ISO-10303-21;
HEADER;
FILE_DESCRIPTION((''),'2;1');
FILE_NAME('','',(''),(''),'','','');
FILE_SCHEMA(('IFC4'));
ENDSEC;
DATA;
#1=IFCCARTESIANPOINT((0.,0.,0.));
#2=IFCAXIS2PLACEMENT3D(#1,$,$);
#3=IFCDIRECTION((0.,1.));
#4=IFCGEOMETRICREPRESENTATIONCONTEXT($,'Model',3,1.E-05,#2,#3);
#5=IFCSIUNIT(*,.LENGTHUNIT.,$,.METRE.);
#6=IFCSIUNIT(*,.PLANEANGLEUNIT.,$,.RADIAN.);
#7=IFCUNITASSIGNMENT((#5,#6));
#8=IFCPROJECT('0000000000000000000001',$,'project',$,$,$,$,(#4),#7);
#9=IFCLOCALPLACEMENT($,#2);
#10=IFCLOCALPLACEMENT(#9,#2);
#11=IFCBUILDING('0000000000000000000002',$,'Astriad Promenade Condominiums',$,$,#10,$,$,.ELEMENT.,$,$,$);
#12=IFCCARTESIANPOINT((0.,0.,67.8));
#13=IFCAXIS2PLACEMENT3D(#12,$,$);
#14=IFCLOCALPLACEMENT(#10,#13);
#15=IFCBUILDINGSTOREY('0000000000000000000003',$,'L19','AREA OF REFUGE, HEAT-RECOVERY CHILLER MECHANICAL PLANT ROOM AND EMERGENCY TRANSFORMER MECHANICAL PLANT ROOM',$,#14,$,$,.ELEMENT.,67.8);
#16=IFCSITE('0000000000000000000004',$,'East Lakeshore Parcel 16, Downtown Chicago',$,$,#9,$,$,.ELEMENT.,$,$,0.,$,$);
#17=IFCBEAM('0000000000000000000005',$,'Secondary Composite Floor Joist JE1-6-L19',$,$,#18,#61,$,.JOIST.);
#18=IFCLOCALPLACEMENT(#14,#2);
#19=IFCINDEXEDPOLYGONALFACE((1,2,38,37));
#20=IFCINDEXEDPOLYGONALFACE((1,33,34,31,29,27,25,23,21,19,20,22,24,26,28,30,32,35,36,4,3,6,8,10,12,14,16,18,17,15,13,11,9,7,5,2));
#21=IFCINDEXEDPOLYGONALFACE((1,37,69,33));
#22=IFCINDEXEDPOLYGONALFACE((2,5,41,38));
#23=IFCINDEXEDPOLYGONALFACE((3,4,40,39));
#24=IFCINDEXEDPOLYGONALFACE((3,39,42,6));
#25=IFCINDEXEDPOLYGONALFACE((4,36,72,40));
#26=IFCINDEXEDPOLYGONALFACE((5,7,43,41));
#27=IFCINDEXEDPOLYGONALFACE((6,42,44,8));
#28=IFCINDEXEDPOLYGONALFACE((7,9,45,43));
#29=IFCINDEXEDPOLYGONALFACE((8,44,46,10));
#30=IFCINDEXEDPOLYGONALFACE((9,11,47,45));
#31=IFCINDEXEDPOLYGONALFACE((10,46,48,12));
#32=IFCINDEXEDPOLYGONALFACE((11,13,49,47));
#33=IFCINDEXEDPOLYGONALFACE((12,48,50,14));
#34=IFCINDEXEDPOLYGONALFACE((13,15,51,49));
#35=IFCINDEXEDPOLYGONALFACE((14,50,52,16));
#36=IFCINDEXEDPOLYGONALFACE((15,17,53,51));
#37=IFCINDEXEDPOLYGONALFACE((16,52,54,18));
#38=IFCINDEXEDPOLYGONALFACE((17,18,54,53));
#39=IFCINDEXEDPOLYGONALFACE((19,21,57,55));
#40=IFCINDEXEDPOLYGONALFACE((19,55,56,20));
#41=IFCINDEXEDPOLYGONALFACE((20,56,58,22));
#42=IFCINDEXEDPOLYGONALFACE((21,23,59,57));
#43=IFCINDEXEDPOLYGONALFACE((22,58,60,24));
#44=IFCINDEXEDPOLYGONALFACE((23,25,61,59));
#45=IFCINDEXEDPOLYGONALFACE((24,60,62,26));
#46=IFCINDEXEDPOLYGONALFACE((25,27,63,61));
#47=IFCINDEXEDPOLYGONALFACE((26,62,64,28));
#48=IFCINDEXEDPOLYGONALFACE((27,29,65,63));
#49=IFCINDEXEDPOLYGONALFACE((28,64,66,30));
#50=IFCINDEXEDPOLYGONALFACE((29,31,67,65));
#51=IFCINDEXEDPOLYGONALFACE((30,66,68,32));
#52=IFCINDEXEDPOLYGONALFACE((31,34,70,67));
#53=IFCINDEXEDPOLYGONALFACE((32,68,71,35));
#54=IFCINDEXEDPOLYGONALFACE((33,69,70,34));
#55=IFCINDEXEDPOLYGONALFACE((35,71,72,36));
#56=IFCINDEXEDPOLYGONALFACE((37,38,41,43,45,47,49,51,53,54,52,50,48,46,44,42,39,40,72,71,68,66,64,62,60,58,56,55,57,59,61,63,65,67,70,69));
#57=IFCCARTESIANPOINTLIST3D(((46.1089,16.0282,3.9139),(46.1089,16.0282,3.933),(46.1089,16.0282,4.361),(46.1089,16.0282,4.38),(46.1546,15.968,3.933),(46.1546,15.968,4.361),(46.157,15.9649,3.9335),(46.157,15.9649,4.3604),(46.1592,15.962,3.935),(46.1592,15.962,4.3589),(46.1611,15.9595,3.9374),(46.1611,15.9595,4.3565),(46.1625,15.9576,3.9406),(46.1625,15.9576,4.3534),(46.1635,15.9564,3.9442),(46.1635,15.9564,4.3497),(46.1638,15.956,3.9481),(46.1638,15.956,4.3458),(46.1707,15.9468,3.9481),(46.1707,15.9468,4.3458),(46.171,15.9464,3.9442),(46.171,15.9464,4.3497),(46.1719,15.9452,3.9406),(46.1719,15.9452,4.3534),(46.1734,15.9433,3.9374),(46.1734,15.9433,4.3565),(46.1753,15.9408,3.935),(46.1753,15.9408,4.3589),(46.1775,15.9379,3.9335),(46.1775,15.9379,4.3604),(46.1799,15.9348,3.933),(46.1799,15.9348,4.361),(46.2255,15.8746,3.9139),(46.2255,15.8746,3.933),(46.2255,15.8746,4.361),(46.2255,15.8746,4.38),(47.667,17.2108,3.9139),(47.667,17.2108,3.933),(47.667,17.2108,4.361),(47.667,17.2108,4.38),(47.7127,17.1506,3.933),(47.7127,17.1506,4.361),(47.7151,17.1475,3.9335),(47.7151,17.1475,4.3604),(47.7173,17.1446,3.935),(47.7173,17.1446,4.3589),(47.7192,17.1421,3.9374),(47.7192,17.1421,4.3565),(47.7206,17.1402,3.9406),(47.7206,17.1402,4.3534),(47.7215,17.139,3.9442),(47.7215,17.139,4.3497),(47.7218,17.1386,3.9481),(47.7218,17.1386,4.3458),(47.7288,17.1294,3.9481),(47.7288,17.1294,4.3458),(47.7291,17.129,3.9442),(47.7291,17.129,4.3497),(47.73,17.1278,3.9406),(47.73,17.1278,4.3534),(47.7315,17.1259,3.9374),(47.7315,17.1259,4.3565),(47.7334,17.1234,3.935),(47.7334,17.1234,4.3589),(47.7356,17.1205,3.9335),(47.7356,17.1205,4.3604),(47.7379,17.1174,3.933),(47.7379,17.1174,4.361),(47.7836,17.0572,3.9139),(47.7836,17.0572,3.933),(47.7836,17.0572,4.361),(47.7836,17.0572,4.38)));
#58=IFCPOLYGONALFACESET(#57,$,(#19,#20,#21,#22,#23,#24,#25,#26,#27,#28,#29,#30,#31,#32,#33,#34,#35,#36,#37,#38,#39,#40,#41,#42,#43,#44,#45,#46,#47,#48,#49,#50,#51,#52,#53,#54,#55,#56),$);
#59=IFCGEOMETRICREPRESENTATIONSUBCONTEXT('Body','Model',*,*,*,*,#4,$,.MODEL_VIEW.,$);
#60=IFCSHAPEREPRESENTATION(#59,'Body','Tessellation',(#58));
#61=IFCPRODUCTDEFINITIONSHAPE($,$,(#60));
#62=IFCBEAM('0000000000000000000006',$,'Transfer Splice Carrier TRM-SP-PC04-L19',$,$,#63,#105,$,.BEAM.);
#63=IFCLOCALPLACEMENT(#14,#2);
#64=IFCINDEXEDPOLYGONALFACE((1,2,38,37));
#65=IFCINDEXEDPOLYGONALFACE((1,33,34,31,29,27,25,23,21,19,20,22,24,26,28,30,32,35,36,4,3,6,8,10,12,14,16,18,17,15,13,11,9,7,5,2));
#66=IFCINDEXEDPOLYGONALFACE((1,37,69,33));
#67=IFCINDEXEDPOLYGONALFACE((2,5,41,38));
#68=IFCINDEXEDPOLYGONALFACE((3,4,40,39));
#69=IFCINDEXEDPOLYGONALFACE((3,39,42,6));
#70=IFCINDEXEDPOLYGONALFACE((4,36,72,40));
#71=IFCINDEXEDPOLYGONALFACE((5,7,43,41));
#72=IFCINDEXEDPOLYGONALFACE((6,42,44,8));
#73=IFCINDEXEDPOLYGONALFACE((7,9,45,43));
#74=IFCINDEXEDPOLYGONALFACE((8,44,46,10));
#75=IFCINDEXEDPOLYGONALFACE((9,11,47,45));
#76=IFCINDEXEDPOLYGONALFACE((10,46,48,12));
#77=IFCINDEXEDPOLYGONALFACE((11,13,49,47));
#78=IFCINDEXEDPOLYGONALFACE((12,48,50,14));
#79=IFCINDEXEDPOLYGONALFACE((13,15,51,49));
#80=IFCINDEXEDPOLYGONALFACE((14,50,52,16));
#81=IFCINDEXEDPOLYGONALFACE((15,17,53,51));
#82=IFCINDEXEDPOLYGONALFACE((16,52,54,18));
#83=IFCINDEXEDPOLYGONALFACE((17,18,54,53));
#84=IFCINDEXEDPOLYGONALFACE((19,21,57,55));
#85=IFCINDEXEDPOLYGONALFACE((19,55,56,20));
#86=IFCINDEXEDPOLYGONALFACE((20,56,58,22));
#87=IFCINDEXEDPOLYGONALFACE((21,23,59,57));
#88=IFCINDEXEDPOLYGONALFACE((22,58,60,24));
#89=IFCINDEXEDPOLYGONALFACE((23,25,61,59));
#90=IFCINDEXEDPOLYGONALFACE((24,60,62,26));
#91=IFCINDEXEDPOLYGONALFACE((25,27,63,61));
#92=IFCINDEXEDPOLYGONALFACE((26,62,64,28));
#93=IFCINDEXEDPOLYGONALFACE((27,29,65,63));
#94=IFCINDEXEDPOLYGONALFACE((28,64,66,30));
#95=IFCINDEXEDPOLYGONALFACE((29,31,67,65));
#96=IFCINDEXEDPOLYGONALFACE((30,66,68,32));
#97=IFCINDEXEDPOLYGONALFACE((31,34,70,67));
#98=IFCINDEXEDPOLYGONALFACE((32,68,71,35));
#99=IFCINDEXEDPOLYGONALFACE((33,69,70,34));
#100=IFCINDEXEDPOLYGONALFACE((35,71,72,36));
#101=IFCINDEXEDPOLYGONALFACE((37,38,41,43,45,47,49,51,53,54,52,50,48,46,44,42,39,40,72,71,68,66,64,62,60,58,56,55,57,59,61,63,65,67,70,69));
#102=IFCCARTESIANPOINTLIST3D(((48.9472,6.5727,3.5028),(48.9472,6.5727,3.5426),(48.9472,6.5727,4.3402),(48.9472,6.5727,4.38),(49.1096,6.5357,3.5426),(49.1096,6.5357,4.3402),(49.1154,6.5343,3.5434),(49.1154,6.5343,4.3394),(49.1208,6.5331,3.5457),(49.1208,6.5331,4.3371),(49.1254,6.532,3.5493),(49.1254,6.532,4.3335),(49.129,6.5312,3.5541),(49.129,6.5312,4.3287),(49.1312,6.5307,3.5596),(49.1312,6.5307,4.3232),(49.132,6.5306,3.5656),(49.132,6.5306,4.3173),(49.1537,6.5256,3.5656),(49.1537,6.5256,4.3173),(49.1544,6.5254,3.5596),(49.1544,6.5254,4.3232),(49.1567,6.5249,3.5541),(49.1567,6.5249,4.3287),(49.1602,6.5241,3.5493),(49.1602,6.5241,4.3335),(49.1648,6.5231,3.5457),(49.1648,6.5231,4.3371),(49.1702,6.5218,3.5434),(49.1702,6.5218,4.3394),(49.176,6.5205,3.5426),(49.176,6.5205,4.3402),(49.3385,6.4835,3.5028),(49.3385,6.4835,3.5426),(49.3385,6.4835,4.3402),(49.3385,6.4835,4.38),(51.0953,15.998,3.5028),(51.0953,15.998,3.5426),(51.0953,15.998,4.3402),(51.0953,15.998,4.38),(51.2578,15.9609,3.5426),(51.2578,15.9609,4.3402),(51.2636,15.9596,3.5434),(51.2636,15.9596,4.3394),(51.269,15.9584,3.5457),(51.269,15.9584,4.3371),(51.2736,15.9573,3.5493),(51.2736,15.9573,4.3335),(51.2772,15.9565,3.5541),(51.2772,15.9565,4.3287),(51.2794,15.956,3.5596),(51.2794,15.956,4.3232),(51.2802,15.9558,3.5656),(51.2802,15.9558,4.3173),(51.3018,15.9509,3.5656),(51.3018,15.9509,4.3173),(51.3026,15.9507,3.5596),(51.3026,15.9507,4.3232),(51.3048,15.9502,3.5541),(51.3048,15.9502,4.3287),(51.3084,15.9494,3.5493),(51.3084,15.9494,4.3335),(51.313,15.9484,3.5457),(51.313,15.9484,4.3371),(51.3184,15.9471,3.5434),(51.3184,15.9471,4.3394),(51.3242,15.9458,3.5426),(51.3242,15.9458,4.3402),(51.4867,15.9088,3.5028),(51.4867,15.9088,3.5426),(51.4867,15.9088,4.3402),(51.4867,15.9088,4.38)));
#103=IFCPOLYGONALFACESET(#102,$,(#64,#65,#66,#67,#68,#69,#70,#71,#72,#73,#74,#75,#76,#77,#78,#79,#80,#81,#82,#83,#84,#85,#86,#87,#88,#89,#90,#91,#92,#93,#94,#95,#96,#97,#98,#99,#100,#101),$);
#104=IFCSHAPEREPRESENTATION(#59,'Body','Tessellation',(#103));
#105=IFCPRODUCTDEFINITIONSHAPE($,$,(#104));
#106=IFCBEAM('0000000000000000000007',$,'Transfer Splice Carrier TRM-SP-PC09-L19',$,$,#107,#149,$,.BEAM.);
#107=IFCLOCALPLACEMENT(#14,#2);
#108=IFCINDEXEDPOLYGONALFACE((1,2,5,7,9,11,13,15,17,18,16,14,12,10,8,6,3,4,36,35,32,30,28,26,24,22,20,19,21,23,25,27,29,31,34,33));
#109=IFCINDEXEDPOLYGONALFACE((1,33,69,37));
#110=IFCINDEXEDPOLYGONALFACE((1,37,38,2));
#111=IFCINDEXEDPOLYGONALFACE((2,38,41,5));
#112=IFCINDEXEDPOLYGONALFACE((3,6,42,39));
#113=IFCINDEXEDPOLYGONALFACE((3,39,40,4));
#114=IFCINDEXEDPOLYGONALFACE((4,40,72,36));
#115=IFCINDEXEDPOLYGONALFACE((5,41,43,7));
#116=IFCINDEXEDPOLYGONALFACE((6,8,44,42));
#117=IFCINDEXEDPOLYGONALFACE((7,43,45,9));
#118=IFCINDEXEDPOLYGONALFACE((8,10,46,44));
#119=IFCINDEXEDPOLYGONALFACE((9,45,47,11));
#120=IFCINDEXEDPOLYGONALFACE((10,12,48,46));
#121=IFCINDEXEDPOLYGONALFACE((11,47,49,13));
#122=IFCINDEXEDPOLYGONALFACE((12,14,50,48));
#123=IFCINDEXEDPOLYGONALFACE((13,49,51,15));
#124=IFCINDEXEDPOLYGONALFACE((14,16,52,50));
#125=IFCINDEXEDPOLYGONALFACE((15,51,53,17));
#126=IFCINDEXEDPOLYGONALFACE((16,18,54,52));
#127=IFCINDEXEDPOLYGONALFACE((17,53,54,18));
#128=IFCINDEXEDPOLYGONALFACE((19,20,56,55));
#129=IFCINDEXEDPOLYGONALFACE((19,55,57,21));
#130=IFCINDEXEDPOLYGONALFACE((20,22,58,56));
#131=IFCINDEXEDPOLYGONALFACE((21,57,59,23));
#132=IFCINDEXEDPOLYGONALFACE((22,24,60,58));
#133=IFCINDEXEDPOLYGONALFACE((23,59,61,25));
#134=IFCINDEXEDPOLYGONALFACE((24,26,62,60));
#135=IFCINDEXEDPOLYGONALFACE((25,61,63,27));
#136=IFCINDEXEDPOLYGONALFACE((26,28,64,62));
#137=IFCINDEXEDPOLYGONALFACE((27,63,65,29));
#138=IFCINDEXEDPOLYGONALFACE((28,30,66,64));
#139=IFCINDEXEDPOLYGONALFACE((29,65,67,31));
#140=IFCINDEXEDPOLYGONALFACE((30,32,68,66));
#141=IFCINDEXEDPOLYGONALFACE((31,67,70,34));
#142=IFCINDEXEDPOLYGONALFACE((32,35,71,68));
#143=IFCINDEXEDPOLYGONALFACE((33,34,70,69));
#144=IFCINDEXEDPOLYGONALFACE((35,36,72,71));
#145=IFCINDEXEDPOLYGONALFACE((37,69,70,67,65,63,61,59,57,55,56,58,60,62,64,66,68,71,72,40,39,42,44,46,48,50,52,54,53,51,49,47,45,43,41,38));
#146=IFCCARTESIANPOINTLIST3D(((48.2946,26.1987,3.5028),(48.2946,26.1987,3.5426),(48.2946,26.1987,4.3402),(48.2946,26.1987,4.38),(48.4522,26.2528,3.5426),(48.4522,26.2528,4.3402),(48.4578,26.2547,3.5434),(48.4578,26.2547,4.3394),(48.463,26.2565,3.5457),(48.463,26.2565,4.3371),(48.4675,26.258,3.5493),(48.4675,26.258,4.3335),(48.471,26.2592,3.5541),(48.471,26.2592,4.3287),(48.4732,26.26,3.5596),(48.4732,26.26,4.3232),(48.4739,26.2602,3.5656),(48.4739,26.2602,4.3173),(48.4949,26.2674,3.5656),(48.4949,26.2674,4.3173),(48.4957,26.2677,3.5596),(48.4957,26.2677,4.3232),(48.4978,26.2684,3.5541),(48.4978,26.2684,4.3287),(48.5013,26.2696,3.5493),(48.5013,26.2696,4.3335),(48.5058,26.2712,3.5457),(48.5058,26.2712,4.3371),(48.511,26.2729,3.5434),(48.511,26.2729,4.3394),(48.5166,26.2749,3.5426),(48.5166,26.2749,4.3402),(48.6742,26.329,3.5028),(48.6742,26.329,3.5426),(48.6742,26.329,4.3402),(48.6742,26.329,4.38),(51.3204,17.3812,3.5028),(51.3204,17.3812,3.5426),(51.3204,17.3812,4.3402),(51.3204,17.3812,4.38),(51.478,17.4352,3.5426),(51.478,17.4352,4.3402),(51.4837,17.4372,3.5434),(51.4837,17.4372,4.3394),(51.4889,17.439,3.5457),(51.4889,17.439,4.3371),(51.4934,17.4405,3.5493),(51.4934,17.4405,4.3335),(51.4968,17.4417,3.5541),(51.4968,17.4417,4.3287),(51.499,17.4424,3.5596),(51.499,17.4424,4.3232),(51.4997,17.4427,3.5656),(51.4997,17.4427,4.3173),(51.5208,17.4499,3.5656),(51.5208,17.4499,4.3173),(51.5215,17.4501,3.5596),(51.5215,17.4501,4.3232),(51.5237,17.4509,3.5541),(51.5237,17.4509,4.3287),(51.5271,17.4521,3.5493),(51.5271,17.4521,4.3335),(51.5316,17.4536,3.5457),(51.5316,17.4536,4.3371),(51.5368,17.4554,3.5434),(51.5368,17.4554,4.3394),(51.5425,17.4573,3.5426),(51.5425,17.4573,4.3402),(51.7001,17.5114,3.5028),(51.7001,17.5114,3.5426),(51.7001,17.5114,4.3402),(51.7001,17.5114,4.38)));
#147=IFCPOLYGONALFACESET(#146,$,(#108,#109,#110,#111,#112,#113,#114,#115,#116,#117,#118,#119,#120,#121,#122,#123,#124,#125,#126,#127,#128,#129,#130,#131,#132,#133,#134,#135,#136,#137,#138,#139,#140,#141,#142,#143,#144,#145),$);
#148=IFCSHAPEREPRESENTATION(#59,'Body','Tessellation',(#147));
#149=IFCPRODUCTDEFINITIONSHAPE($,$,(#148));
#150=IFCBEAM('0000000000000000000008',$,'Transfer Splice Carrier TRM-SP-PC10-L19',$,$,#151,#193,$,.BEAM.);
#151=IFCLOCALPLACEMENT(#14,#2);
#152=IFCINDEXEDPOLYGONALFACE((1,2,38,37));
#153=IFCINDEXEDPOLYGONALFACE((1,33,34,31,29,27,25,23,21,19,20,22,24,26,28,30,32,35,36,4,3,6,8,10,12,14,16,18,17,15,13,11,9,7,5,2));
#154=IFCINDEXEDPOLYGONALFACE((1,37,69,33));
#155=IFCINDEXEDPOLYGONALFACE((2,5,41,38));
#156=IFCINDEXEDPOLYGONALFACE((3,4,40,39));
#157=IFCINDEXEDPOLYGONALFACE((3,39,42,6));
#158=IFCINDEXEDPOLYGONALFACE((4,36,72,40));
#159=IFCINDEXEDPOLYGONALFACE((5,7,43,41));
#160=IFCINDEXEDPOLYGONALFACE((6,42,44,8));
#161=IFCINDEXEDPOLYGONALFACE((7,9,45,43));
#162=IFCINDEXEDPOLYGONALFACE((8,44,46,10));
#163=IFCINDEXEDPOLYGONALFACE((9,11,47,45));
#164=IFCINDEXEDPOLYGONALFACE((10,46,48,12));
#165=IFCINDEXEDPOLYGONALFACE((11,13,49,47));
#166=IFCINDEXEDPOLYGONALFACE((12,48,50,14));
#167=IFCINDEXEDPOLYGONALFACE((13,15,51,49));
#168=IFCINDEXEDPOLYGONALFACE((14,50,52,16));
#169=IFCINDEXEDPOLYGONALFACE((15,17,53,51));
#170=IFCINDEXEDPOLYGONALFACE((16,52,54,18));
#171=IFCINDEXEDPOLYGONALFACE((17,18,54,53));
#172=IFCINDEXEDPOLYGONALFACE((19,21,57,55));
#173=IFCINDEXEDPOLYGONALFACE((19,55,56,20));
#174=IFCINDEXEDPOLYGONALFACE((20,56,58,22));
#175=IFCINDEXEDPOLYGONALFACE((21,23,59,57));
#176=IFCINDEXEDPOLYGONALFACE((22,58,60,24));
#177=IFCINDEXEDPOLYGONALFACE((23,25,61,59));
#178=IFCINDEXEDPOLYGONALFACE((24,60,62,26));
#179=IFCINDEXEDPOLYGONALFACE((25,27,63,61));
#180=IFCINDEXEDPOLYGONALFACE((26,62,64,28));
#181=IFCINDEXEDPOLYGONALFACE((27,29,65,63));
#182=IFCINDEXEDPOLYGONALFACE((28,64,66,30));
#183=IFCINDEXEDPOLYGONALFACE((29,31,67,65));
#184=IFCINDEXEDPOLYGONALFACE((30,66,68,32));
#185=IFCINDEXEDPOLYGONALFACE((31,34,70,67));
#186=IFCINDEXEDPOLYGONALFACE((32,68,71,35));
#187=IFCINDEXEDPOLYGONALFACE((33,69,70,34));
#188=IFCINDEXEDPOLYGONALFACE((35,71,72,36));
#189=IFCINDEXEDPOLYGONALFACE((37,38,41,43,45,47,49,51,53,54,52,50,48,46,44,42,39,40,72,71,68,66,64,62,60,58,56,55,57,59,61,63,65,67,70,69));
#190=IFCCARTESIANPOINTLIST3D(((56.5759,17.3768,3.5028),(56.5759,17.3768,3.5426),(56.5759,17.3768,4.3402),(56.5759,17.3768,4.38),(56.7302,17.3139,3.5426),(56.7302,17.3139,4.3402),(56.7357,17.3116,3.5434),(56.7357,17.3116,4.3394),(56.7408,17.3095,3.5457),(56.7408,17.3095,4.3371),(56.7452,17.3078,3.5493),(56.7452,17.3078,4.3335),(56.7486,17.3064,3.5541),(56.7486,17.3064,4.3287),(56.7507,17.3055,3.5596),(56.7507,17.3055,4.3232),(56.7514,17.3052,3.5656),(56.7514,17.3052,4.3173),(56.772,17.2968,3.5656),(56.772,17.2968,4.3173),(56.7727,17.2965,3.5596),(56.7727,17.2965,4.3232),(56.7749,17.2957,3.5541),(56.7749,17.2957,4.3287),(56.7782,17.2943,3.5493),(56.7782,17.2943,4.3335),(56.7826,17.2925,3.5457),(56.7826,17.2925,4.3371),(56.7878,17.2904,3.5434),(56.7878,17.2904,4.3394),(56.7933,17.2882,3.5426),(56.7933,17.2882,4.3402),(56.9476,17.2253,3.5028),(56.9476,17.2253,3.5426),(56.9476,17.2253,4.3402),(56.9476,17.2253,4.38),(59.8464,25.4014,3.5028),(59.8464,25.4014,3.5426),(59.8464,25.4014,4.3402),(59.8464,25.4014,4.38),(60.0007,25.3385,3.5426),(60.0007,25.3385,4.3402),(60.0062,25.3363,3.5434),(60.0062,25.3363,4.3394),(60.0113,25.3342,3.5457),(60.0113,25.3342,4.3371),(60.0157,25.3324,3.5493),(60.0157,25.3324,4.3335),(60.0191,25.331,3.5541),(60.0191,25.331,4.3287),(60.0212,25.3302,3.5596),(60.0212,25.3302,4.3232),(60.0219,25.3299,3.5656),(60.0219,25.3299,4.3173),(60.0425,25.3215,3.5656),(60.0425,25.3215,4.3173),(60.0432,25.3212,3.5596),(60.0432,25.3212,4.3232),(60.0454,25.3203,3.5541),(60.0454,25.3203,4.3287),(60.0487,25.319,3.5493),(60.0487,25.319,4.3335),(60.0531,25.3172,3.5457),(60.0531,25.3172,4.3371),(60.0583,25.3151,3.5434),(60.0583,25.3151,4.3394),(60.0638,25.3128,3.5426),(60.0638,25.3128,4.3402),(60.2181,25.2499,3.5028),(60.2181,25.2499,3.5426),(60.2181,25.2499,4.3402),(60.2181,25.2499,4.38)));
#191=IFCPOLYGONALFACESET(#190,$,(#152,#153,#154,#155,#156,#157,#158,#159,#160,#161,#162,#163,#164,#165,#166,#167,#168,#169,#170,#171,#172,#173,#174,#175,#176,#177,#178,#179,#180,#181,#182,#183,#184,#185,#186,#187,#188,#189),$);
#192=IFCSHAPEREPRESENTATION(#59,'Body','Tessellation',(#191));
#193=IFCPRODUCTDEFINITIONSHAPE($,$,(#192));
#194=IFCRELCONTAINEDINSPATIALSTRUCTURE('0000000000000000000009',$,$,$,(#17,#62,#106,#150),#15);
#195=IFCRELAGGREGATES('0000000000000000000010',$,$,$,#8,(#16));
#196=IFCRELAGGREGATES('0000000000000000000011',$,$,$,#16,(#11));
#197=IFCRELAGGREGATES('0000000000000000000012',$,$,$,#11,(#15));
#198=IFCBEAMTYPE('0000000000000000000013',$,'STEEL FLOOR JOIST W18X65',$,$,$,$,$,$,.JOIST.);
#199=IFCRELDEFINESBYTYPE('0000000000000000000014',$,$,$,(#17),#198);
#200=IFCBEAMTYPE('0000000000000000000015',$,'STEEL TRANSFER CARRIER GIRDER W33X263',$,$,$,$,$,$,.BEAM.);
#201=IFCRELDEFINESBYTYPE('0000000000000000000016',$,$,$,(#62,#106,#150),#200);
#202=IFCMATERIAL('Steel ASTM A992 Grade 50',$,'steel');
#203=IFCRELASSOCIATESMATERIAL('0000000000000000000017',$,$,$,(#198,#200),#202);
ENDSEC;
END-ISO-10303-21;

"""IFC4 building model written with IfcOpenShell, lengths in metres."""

from ifc_helpers import new_model, si_unit, direction, frame, origin, origin_2d, place, context, subcontext, project, spatial, i_section, extrude, source, transform, mapped, material, material_profile, profile_set, type_object, type_shapes, element, save


model = new_model("IFC4")

# Units and contexts
model_context = context("Model", 3, precision=1e-05, world=origin(), true_north=direction((0.0, 1.0)))
body_context = subcontext(model_context, "Body", "Model", "MODEL_VIEW")
ifc_project = project(units=[si_unit("LENGTHUNIT", "METRE"), si_unit("PLANEANGLEUNIT", "RADIAN")], contexts=[model_context])

# Site, building, storey
site_placement = place(None, origin())
site = spatial("IfcSite", under=ifc_project, at=site_placement, Name="East Lakeshore Parcel 16, Downtown Chicago", CompositionType="ELEMENT", RefElevation=0.0)
building_placement = place(site_placement, origin())
building = spatial("IfcBuilding", under=site, at=building_placement, Name="Astriad Promenade Condominiums", CompositionType="ELEMENT")
storey_placement = place(building_placement, frame((0.0, 0.0, 67.8)))
storey = spatial("IfcBuildingStorey", under=building, at=storey_placement, Name="L19", Description="AREA OF REFUGE, HEAT-RECOVERY CHILLER MECHANICAL PLANT ROOM AND EMERGENCY TRANSFORMER MECHANICAL PLANT ROOM", CompositionType="ELEMENT", Elevation=67.8)

# Shared definitions
ifc_material_1 = material(Name="Steel ASTM A992 Grade 50", Category="steel")

# Beams
ifc_material_profile_1 = material_profile(ifc_material_1, i_section(OverallWidth=0.1929, OverallDepth=0.4661, WebThickness=0.0115, FlangeThickness=0.019, FilletRadius=0.0151, at=origin_2d()), Name="W18X65")
ifc_profile_set_1 = profile_set([ifc_material_profile_1], Name="Steel ASTM A992 Grade 50")
beam_type_1 = type_object("IfcBeamType", Name="STEEL FLOOR JOIST W18X65", PredefinedType="JOIST", material=ifc_profile_set_1)
shared_shape_1 = source(origin(), body_context, "Body", "SweptSolid", [
    extrude(i_section(OverallWidth=0.1929, OverallDepth=0.4661, WebThickness=0.0115, FlangeThickness=0.019, FilletRadius=0.0151, at=origin_2d()), origin(), (0.0, 0.0, 1.0), 1.9561),
])
type_shapes(beam_type_1, [shared_shape_1])
beam_1_placement = place(storey_placement, frame((46.1672, 15.9514, 4.147), z_axis=(0.796542, 0.604583, 0.0), x_axis=(-0.604583, 0.796542, 0.0)))
element("IfcBeam", 1, at=beam_1_placement, inside=storey, type_object=beam_type_1, Name="Secondary Composite Floor Joist JE1-6-L19", PredefinedType="JOIST", context=body_context, shape_type="MappedRepresentation", body=[
    mapped(shared_shape_1, transform((0.0, 0.0, 0.0), scale=1.0)),
])
ifc_material_profile_2 = material_profile(ifc_material_1, i_section(OverallWidth=0.4014, OverallDepth=0.8772, WebThickness=0.0222, FlangeThickness=0.0398, FilletRadius=0.0229, at=origin_2d()), Name="W33X263")
ifc_profile_set_2 = profile_set([ifc_material_profile_2], Name="Steel ASTM A992 Grade 50")
beam_type_2 = type_object("IfcBeamType", Name="STEEL TRANSFER CARRIER GIRDER W33X263", PredefinedType="BEAM", material=ifc_profile_set_2)
shared_shape_2 = source(origin(), body_context, "Body", "SweptSolid", [
    extrude(i_section(OverallWidth=0.4014, OverallDepth=0.8772, WebThickness=0.0222, FlangeThickness=0.0398, FilletRadius=0.0229, at=origin_2d()), origin(), (0.0, 0.0, 1.0), 9.667),
])
beam_2_placement = place(storey_placement, frame((51.291, 15.9534, 3.9414), z_axis=(-0.222219, -0.974997, 0.0), x_axis=(0.974997, -0.222219, 0.0)))
element("IfcBeam", 2, at=beam_2_placement, inside=storey, type_object=beam_type_2, Name="Transfer Splice Carrier TRM-SP-PC04-L19", PredefinedType="BEAM", context=body_context, shape_type="MappedRepresentation", body=[
    mapped(shared_shape_2, transform((0.0, 0.0, 0.0), scale=1.0)),
])
shared_shape_3 = source(origin(), body_context, "Body", "SweptSolid", [
    extrude(i_section(OverallWidth=0.4014, OverallDepth=0.8772, WebThickness=0.0222, FlangeThickness=0.0398, FilletRadius=0.0229, at=origin_2d()), origin(), (0.0, 0.0, 1.0), 9.3223),
])
beam_3_placement = place(storey_placement, frame((51.5103, 17.4463, 3.9414), z_axis=(-0.324583, 0.945857, 0.0), x_axis=(-0.945857, -0.324583, 0.0)))
element("IfcBeam", 3, at=beam_3_placement, inside=storey, type_object=beam_type_2, Name="Transfer Splice Carrier TRM-SP-PC09-L19", PredefinedType="BEAM", context=body_context, shape_type="MappedRepresentation", body=[
    mapped(shared_shape_3, transform((0.0, 0.0, 0.0), scale=1.0)),
])
shared_shape_4 = source(origin(), body_context, "Body", "SweptSolid", [
    extrude(i_section(OverallWidth=0.4014, OverallDepth=0.8772, WebThickness=0.0222, FlangeThickness=0.0398, FilletRadius=0.0229, at=origin_2d()), origin(), (0.0, 0.0, 1.0), 8.6655),
])
type_shapes(beam_type_2, [shared_shape_2, shared_shape_3, shared_shape_4])
beam_4_placement = place(storey_placement, frame((56.7617, 17.301, 3.9414), z_axis=(0.377416, 0.926044, 0.0), x_axis=(-0.926044, 0.377416, 0.0)))
element("IfcBeam", 4, at=beam_4_placement, inside=storey, type_object=beam_type_2, Name="Transfer Splice Carrier TRM-SP-PC10-L19", PredefinedType="BEAM", context=body_context, shape_type="MappedRepresentation", body=[
    mapped(shared_shape_4, transform((0.0, 0.0, 0.0), scale=1.0)),
])

save(model, "model.ifc")
